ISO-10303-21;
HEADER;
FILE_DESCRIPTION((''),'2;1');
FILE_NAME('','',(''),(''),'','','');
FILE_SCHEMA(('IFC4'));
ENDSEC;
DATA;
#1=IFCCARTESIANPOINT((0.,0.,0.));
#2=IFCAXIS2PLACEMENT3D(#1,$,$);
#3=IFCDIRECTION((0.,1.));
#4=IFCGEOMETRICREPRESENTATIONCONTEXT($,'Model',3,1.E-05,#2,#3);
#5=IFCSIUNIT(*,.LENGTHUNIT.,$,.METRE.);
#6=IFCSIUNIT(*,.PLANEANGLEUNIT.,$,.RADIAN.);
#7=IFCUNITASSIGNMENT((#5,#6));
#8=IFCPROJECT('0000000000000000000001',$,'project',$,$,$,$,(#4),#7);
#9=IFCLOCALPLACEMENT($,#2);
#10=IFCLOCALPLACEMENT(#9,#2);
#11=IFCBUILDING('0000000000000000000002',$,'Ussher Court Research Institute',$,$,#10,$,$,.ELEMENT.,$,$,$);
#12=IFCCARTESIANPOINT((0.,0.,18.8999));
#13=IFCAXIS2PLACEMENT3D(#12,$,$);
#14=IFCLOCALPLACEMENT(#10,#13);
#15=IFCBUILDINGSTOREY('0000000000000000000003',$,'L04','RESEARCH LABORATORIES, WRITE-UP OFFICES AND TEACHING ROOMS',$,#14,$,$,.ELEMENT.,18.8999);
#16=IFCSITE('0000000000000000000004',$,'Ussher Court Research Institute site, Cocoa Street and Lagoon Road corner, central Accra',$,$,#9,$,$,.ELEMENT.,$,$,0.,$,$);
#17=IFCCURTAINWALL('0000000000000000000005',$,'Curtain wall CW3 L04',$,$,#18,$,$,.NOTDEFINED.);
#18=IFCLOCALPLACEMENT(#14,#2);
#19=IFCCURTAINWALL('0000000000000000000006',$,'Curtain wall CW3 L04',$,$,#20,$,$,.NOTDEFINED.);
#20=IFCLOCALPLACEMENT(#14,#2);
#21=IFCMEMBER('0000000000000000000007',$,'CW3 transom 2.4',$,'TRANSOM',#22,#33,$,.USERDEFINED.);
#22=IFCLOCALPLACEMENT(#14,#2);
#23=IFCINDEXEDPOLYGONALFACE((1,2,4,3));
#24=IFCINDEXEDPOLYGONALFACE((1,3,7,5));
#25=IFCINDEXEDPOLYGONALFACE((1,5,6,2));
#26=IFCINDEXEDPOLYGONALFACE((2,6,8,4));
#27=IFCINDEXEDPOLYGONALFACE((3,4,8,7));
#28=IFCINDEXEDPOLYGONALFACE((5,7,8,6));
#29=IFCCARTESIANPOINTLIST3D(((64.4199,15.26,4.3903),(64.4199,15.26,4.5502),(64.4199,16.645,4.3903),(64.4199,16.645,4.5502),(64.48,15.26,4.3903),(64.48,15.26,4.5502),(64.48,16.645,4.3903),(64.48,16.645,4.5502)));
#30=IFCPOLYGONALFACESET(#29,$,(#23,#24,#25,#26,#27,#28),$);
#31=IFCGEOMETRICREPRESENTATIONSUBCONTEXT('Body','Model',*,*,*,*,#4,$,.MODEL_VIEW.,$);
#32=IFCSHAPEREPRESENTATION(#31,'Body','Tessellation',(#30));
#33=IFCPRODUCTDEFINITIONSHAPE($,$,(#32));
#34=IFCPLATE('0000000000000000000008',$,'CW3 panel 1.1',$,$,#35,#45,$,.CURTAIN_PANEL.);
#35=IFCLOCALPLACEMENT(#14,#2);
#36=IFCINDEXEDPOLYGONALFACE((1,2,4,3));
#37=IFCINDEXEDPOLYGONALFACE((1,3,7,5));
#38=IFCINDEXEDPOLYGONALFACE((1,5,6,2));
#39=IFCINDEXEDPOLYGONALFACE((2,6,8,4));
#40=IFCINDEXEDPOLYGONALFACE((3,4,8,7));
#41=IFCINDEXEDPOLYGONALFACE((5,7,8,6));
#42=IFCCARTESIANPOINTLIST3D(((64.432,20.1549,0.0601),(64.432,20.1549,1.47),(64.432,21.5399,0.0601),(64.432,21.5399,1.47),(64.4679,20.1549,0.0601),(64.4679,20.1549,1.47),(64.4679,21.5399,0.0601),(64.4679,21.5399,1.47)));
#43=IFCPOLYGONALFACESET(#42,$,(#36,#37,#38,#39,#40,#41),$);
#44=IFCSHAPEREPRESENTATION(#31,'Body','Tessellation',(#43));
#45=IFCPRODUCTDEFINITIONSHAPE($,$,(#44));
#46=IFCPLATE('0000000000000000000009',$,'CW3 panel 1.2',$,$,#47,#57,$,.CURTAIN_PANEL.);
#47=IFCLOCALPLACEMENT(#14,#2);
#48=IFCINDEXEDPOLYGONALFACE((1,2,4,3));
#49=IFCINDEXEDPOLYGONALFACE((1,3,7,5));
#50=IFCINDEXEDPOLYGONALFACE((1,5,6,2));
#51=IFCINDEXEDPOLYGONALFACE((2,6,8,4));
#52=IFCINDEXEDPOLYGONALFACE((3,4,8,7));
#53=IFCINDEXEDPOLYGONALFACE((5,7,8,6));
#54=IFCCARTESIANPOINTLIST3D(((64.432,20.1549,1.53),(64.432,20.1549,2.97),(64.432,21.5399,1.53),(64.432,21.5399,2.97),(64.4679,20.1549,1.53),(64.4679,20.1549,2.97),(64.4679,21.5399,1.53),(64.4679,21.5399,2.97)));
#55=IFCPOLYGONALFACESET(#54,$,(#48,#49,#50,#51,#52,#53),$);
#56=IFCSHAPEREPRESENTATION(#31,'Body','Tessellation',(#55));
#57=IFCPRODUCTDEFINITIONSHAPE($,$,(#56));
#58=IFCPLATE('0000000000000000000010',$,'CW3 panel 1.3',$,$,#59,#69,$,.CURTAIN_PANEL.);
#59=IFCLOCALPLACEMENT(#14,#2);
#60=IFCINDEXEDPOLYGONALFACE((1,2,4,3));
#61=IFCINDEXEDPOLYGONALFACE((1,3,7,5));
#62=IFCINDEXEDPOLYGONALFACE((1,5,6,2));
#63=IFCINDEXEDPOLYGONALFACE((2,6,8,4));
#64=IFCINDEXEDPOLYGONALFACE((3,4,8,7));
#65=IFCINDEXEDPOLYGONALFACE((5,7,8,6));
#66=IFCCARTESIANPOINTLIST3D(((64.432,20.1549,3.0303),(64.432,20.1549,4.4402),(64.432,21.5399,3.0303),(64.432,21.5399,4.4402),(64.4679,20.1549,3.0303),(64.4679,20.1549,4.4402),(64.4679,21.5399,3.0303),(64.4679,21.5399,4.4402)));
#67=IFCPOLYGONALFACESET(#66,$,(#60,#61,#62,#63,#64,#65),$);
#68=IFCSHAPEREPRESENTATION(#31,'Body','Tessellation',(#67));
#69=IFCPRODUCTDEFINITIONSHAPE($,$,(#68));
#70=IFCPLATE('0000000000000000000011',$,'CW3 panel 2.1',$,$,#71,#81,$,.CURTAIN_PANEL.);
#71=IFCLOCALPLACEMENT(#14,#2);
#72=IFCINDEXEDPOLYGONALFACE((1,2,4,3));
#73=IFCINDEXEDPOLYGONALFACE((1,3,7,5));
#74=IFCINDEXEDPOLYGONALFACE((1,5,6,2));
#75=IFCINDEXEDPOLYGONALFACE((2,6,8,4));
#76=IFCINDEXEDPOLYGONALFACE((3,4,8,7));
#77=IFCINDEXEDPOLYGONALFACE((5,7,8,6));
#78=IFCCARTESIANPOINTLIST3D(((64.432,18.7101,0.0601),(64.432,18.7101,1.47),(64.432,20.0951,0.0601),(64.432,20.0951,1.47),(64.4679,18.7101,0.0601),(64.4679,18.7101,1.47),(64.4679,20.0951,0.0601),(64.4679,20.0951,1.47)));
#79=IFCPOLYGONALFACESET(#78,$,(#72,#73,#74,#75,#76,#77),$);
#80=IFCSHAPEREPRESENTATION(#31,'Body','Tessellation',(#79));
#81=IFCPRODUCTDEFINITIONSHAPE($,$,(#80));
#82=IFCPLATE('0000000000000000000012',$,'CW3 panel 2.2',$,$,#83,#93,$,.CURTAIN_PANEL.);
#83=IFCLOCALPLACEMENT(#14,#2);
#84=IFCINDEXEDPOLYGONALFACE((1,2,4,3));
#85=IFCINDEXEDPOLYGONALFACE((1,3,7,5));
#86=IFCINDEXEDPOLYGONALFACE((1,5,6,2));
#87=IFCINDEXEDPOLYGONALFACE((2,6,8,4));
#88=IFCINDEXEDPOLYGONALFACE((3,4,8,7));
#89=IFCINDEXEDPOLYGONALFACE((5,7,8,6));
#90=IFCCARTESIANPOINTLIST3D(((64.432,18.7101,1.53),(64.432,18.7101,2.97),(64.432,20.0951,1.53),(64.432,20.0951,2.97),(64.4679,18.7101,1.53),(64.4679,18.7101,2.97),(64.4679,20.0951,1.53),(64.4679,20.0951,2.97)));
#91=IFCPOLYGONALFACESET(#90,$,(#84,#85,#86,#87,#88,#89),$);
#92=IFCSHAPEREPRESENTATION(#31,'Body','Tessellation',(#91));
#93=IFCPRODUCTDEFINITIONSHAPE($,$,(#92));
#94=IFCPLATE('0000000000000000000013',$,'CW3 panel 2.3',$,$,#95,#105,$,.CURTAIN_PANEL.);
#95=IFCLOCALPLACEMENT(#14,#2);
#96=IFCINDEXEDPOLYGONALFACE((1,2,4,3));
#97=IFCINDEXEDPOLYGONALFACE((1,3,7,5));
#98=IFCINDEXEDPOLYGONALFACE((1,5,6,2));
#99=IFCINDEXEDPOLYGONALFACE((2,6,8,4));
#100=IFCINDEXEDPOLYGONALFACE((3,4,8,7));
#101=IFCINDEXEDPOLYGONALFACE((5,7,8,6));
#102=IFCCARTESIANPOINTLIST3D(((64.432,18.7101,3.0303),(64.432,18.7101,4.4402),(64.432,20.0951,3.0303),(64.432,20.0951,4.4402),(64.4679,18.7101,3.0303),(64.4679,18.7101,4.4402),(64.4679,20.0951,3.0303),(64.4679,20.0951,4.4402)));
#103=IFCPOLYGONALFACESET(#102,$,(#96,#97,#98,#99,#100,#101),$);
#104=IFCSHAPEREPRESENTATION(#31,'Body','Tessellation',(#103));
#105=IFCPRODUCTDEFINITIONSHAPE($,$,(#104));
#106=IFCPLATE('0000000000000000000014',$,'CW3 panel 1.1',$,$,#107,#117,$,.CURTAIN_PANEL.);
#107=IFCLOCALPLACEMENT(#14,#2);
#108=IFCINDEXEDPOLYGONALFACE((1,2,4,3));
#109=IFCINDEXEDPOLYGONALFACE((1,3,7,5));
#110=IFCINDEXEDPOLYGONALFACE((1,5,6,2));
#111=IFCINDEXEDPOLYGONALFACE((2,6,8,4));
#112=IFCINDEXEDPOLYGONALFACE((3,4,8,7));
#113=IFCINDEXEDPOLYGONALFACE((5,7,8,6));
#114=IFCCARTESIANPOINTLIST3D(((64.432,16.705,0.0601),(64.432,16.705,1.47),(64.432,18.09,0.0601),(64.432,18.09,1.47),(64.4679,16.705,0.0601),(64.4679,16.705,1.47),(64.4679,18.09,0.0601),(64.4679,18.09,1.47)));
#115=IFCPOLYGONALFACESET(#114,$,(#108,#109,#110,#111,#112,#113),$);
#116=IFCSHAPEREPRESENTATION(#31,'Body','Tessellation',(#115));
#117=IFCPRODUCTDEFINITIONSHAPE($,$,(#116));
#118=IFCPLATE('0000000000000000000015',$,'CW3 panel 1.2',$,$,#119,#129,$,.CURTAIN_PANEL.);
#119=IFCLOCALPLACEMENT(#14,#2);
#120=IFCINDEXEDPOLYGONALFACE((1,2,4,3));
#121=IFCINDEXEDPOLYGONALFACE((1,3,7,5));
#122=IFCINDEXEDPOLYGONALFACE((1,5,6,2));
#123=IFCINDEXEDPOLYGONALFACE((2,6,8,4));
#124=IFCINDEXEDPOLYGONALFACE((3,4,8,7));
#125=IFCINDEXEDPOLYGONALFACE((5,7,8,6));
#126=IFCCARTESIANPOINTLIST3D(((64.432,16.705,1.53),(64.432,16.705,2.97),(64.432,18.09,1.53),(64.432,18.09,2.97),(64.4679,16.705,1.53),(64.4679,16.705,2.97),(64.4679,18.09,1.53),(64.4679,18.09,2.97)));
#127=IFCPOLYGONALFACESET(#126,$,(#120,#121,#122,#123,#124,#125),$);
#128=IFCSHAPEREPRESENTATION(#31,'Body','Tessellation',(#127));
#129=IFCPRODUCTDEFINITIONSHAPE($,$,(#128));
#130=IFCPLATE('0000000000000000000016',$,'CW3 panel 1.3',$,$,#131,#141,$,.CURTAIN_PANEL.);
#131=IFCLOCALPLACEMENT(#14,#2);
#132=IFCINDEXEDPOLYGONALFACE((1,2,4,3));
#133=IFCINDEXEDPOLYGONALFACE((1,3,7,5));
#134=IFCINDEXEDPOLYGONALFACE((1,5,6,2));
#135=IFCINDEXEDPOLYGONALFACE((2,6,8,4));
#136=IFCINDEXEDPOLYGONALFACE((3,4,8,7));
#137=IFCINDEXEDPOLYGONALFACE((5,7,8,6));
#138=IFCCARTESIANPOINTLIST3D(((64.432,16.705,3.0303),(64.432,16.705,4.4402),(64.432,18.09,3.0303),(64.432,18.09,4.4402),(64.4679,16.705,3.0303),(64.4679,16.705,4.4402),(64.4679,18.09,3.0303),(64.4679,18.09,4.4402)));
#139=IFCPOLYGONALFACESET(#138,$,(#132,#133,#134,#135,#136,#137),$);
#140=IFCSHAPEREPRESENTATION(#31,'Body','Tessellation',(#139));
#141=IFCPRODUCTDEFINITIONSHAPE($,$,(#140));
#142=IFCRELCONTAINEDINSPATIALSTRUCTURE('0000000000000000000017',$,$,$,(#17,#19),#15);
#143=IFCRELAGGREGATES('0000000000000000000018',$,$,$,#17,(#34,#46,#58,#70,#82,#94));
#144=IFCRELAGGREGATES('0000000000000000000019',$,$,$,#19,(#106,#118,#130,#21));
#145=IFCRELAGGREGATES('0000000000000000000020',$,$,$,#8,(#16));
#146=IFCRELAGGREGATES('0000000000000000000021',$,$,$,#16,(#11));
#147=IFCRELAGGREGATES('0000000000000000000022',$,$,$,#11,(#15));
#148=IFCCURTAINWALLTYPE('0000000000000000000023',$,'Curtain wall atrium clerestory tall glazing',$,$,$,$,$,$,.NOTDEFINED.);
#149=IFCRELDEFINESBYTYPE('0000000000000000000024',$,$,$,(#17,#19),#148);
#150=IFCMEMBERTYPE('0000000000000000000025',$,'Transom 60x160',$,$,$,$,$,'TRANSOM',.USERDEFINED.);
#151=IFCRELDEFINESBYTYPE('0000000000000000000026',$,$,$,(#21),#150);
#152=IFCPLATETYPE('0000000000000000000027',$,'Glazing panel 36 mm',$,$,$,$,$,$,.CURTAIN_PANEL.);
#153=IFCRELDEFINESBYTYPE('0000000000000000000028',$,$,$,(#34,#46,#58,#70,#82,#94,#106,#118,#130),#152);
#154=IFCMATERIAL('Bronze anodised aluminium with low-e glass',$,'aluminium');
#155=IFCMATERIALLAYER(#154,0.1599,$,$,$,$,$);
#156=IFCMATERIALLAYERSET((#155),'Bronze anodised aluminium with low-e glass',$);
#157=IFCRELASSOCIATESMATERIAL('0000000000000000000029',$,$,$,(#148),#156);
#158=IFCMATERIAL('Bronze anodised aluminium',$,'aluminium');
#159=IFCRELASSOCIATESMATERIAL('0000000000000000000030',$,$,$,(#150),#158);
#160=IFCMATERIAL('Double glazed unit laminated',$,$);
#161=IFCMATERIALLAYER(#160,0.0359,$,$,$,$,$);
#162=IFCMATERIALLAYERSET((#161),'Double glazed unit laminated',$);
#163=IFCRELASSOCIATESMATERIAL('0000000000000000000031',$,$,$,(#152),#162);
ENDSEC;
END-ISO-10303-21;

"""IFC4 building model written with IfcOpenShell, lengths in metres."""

from ifc_helpers import new_model, si_unit, direction, frame, origin, origin_2d, place, context, subcontext, project, spatial, rectangle, extrude, material, layer, layer_set, material_profile, profile_set, type_object, element, aggregate, save


model = new_model("IFC4")

# Units and contexts
model_context = context("Model", 3, precision=1e-05, world=origin(), true_north=direction((0.0, 1.0)))
body_context = subcontext(model_context, "Body", "Model", "MODEL_VIEW")
ifc_project = project(units=[si_unit("LENGTHUNIT", "METRE"), si_unit("PLANEANGLEUNIT", "RADIAN")], contexts=[model_context])

# Site, building, storey
site_placement = place(None, origin())
site = spatial("IfcSite", under=ifc_project, at=site_placement, Name="Ussher Court Research Institute site, Cocoa Street and Lagoon Road corner, central Accra", CompositionType="ELEMENT", RefElevation=0.0)
building_placement = place(site_placement, origin())
building = spatial("IfcBuilding", under=site, at=building_placement, Name="Ussher Court Research Institute", CompositionType="ELEMENT")
storey_placement = place(building_placement, frame((0.0, 0.0, 18.8999)))
storey = spatial("IfcBuildingStorey", under=building, at=storey_placement, Name="L04", Description="RESEARCH LABORATORIES, WRITE-UP OFFICES AND TEACHING ROOMS", CompositionType="ELEMENT", Elevation=18.8999)

# Curtain walls
ifc_material_1 = material(Name="Bronze anodised aluminium with low-e glass", Category="aluminium")
ifc_layer_1 = layer(ifc_material_1, 0.1599)
ifc_layer_set_1 = layer_set([ifc_layer_1], Name="Bronze anodised aluminium with low-e glass")
curtain_wall_type = type_object("IfcCurtainWallType", Name="Curtain wall atrium clerestory tall glazing", PredefinedType="NOTDEFINED", material=ifc_layer_set_1)
curtain_wall_1_placement = place(storey_placement, origin())
curtain_wall_1 = element("IfcCurtainWall", 1, at=curtain_wall_1_placement, inside=storey, type_object=curtain_wall_type, Name="Curtain wall CW3 L04", PredefinedType="NOTDEFINED")
curtain_wall_2_placement = place(storey_placement, origin())
curtain_wall_2 = element("IfcCurtainWall", 2, at=curtain_wall_2_placement, inside=storey, type_object=curtain_wall_type, Name="Curtain wall CW3 L04", PredefinedType="NOTDEFINED")

# Member
ifc_material_2 = material(Name="Bronze anodised aluminium", Category="aluminium")
ifc_material_profile_1 = material_profile(ifc_material_2, rectangle(XDim=0.0601, YDim=0.1599, at=origin_2d()), Name="Transom 60x160")
ifc_profile_set_1 = profile_set([ifc_material_profile_1], Name="Bronze anodised aluminium")
member_type_1 = type_object("IfcMemberType", Name="Transom 60x160", ElementType="TRANSOM", PredefinedType="USERDEFINED", material=ifc_profile_set_1)
member_1_placement = place(storey_placement, frame((64.45, 16.645, 4.4702), z_axis=(0.0, -1.0, 0.0), x_axis=(1.0, 0.0, 0.0)))
member_1 = element("IfcMember", 3, at=member_1_placement, type_object=member_type_1, Name="CW3 transom 2.4", ObjectType="TRANSOM", PredefinedType="USERDEFINED", context=body_context, shape_type="SweptSolid", body=[
    extrude(rectangle(XDim=0.0601, YDim=0.1599, at=origin_2d()), origin(), (0.0, 0.0, 1.0), 1.385),
])

# Plates
ifc_material_3 = material(Name="Double glazed unit laminated")
ifc_layer_2 = layer(ifc_material_3, 0.0359)
ifc_layer_set_2 = layer_set([ifc_layer_2], Name="Double glazed unit laminated")
plate_type = type_object("IfcPlateType", Name="Glazing panel 36 mm", PredefinedType="CURTAIN_PANEL", material=ifc_layer_set_2)
plate_1_placement = place(storey_placement, frame((64.45, 20.8474, 0.0601), z_axis=(0.0, 0.0, 1.0), x_axis=(0.0, -1.0, 0.0)))
plate_1 = element("IfcPlate", 4, at=plate_1_placement, type_object=plate_type, Name="CW3 panel 1.1", PredefinedType="CURTAIN_PANEL", context=body_context, shape_type="SweptSolid", body=[
    extrude(rectangle(XDim=1.385, YDim=0.0359, at=origin_2d()), origin(), (0.0, 0.0, 1.0), 1.4099),
])
plate_2_placement = place(storey_placement, frame((64.45, 20.8474, 1.53), z_axis=(0.0, 0.0, 1.0), x_axis=(0.0, -1.0, 0.0)))
plate_2 = element("IfcPlate", 5, at=plate_2_placement, type_object=plate_type, Name="CW3 panel 1.2", PredefinedType="CURTAIN_PANEL", context=body_context, shape_type="SweptSolid", body=[
    extrude(rectangle(XDim=1.385, YDim=0.0359, at=origin_2d()), origin(), (0.0, 0.0, 1.0), 1.4399),
])
plate_3_placement = place(storey_placement, frame((64.45, 20.8474, 3.0303), z_axis=(0.0, 0.0, 1.0), x_axis=(0.0, -1.0, 0.0)))
plate_3 = element("IfcPlate", 6, at=plate_3_placement, type_object=plate_type, Name="CW3 panel 1.3", PredefinedType="CURTAIN_PANEL", context=body_context, shape_type="SweptSolid", body=[
    extrude(rectangle(XDim=1.385, YDim=0.0359, at=origin_2d()), origin(), (0.0, 0.0, 1.0), 1.4099),
])
plate_4_placement = place(storey_placement, frame((64.45, 19.4026, 0.0601), z_axis=(0.0, 0.0, 1.0), x_axis=(0.0, -1.0, 0.0)))
plate_4 = element("IfcPlate", 7, at=plate_4_placement, type_object=plate_type, Name="CW3 panel 2.1", PredefinedType="CURTAIN_PANEL", context=body_context, shape_type="SweptSolid", body=[
    extrude(rectangle(XDim=1.385, YDim=0.0359, at=origin_2d()), origin(), (0.0, 0.0, 1.0), 1.4099),
])
plate_5_placement = place(storey_placement, frame((64.45, 19.4026, 1.53), z_axis=(0.0, 0.0, 1.0), x_axis=(0.0, -1.0, 0.0)))
plate_5 = element("IfcPlate", 8, at=plate_5_placement, type_object=plate_type, Name="CW3 panel 2.2", PredefinedType="CURTAIN_PANEL", context=body_context, shape_type="SweptSolid", body=[
    extrude(rectangle(XDim=1.385, YDim=0.0359, at=origin_2d()), origin(), (0.0, 0.0, 1.0), 1.4399),
])
plate_6_placement = place(storey_placement, frame((64.45, 19.4026, 3.0303), z_axis=(0.0, 0.0, 1.0), x_axis=(0.0, -1.0, 0.0)))
plate_6 = element("IfcPlate", 9, at=plate_6_placement, type_object=plate_type, Name="CW3 panel 2.3", PredefinedType="CURTAIN_PANEL", context=body_context, shape_type="SweptSolid", body=[
    extrude(rectangle(XDim=1.385, YDim=0.0359, at=origin_2d()), origin(), (0.0, 0.0, 1.0), 1.4099),
])
aggregate(curtain_wall_1, [plate_1, plate_2, plate_3, plate_4, plate_5, plate_6])
plate_7_placement = place(storey_placement, frame((64.45, 17.3975, 0.0601), z_axis=(0.0, 0.0, 1.0), x_axis=(0.0, -1.0, 0.0)))
plate_7 = element("IfcPlate", 10, at=plate_7_placement, type_object=plate_type, Name="CW3 panel 1.1", PredefinedType="CURTAIN_PANEL", context=body_context, shape_type="SweptSolid", body=[
    extrude(rectangle(XDim=1.385, YDim=0.0359, at=origin_2d()), origin(), (0.0, 0.0, 1.0), 1.4099),
])
plate_8_placement = place(storey_placement, frame((64.45, 17.3975, 1.53), z_axis=(0.0, 0.0, 1.0), x_axis=(0.0, -1.0, 0.0)))
plate_8 = element("IfcPlate", 11, at=plate_8_placement, type_object=plate_type, Name="CW3 panel 1.2", PredefinedType="CURTAIN_PANEL", context=body_context, shape_type="SweptSolid", body=[
    extrude(rectangle(XDim=1.385, YDim=0.0359, at=origin_2d()), origin(), (0.0, 0.0, 1.0), 1.4399),
])
plate_9_placement = place(storey_placement, frame((64.45, 17.3975, 3.0303), z_axis=(0.0, 0.0, 1.0), x_axis=(0.0, -1.0, 0.0)))
plate_9 = element("IfcPlate", 12, at=plate_9_placement, type_object=plate_type, Name="CW3 panel 1.3", PredefinedType="CURTAIN_PANEL", context=body_context, shape_type="SweptSolid", body=[
    extrude(rectangle(XDim=1.385, YDim=0.0359, at=origin_2d()), origin(), (0.0, 0.0, 1.0), 1.4099),
])
aggregate(curtain_wall_2, [plate_7, plate_8, plate_9, member_1])

save(model, "model.ifc")
